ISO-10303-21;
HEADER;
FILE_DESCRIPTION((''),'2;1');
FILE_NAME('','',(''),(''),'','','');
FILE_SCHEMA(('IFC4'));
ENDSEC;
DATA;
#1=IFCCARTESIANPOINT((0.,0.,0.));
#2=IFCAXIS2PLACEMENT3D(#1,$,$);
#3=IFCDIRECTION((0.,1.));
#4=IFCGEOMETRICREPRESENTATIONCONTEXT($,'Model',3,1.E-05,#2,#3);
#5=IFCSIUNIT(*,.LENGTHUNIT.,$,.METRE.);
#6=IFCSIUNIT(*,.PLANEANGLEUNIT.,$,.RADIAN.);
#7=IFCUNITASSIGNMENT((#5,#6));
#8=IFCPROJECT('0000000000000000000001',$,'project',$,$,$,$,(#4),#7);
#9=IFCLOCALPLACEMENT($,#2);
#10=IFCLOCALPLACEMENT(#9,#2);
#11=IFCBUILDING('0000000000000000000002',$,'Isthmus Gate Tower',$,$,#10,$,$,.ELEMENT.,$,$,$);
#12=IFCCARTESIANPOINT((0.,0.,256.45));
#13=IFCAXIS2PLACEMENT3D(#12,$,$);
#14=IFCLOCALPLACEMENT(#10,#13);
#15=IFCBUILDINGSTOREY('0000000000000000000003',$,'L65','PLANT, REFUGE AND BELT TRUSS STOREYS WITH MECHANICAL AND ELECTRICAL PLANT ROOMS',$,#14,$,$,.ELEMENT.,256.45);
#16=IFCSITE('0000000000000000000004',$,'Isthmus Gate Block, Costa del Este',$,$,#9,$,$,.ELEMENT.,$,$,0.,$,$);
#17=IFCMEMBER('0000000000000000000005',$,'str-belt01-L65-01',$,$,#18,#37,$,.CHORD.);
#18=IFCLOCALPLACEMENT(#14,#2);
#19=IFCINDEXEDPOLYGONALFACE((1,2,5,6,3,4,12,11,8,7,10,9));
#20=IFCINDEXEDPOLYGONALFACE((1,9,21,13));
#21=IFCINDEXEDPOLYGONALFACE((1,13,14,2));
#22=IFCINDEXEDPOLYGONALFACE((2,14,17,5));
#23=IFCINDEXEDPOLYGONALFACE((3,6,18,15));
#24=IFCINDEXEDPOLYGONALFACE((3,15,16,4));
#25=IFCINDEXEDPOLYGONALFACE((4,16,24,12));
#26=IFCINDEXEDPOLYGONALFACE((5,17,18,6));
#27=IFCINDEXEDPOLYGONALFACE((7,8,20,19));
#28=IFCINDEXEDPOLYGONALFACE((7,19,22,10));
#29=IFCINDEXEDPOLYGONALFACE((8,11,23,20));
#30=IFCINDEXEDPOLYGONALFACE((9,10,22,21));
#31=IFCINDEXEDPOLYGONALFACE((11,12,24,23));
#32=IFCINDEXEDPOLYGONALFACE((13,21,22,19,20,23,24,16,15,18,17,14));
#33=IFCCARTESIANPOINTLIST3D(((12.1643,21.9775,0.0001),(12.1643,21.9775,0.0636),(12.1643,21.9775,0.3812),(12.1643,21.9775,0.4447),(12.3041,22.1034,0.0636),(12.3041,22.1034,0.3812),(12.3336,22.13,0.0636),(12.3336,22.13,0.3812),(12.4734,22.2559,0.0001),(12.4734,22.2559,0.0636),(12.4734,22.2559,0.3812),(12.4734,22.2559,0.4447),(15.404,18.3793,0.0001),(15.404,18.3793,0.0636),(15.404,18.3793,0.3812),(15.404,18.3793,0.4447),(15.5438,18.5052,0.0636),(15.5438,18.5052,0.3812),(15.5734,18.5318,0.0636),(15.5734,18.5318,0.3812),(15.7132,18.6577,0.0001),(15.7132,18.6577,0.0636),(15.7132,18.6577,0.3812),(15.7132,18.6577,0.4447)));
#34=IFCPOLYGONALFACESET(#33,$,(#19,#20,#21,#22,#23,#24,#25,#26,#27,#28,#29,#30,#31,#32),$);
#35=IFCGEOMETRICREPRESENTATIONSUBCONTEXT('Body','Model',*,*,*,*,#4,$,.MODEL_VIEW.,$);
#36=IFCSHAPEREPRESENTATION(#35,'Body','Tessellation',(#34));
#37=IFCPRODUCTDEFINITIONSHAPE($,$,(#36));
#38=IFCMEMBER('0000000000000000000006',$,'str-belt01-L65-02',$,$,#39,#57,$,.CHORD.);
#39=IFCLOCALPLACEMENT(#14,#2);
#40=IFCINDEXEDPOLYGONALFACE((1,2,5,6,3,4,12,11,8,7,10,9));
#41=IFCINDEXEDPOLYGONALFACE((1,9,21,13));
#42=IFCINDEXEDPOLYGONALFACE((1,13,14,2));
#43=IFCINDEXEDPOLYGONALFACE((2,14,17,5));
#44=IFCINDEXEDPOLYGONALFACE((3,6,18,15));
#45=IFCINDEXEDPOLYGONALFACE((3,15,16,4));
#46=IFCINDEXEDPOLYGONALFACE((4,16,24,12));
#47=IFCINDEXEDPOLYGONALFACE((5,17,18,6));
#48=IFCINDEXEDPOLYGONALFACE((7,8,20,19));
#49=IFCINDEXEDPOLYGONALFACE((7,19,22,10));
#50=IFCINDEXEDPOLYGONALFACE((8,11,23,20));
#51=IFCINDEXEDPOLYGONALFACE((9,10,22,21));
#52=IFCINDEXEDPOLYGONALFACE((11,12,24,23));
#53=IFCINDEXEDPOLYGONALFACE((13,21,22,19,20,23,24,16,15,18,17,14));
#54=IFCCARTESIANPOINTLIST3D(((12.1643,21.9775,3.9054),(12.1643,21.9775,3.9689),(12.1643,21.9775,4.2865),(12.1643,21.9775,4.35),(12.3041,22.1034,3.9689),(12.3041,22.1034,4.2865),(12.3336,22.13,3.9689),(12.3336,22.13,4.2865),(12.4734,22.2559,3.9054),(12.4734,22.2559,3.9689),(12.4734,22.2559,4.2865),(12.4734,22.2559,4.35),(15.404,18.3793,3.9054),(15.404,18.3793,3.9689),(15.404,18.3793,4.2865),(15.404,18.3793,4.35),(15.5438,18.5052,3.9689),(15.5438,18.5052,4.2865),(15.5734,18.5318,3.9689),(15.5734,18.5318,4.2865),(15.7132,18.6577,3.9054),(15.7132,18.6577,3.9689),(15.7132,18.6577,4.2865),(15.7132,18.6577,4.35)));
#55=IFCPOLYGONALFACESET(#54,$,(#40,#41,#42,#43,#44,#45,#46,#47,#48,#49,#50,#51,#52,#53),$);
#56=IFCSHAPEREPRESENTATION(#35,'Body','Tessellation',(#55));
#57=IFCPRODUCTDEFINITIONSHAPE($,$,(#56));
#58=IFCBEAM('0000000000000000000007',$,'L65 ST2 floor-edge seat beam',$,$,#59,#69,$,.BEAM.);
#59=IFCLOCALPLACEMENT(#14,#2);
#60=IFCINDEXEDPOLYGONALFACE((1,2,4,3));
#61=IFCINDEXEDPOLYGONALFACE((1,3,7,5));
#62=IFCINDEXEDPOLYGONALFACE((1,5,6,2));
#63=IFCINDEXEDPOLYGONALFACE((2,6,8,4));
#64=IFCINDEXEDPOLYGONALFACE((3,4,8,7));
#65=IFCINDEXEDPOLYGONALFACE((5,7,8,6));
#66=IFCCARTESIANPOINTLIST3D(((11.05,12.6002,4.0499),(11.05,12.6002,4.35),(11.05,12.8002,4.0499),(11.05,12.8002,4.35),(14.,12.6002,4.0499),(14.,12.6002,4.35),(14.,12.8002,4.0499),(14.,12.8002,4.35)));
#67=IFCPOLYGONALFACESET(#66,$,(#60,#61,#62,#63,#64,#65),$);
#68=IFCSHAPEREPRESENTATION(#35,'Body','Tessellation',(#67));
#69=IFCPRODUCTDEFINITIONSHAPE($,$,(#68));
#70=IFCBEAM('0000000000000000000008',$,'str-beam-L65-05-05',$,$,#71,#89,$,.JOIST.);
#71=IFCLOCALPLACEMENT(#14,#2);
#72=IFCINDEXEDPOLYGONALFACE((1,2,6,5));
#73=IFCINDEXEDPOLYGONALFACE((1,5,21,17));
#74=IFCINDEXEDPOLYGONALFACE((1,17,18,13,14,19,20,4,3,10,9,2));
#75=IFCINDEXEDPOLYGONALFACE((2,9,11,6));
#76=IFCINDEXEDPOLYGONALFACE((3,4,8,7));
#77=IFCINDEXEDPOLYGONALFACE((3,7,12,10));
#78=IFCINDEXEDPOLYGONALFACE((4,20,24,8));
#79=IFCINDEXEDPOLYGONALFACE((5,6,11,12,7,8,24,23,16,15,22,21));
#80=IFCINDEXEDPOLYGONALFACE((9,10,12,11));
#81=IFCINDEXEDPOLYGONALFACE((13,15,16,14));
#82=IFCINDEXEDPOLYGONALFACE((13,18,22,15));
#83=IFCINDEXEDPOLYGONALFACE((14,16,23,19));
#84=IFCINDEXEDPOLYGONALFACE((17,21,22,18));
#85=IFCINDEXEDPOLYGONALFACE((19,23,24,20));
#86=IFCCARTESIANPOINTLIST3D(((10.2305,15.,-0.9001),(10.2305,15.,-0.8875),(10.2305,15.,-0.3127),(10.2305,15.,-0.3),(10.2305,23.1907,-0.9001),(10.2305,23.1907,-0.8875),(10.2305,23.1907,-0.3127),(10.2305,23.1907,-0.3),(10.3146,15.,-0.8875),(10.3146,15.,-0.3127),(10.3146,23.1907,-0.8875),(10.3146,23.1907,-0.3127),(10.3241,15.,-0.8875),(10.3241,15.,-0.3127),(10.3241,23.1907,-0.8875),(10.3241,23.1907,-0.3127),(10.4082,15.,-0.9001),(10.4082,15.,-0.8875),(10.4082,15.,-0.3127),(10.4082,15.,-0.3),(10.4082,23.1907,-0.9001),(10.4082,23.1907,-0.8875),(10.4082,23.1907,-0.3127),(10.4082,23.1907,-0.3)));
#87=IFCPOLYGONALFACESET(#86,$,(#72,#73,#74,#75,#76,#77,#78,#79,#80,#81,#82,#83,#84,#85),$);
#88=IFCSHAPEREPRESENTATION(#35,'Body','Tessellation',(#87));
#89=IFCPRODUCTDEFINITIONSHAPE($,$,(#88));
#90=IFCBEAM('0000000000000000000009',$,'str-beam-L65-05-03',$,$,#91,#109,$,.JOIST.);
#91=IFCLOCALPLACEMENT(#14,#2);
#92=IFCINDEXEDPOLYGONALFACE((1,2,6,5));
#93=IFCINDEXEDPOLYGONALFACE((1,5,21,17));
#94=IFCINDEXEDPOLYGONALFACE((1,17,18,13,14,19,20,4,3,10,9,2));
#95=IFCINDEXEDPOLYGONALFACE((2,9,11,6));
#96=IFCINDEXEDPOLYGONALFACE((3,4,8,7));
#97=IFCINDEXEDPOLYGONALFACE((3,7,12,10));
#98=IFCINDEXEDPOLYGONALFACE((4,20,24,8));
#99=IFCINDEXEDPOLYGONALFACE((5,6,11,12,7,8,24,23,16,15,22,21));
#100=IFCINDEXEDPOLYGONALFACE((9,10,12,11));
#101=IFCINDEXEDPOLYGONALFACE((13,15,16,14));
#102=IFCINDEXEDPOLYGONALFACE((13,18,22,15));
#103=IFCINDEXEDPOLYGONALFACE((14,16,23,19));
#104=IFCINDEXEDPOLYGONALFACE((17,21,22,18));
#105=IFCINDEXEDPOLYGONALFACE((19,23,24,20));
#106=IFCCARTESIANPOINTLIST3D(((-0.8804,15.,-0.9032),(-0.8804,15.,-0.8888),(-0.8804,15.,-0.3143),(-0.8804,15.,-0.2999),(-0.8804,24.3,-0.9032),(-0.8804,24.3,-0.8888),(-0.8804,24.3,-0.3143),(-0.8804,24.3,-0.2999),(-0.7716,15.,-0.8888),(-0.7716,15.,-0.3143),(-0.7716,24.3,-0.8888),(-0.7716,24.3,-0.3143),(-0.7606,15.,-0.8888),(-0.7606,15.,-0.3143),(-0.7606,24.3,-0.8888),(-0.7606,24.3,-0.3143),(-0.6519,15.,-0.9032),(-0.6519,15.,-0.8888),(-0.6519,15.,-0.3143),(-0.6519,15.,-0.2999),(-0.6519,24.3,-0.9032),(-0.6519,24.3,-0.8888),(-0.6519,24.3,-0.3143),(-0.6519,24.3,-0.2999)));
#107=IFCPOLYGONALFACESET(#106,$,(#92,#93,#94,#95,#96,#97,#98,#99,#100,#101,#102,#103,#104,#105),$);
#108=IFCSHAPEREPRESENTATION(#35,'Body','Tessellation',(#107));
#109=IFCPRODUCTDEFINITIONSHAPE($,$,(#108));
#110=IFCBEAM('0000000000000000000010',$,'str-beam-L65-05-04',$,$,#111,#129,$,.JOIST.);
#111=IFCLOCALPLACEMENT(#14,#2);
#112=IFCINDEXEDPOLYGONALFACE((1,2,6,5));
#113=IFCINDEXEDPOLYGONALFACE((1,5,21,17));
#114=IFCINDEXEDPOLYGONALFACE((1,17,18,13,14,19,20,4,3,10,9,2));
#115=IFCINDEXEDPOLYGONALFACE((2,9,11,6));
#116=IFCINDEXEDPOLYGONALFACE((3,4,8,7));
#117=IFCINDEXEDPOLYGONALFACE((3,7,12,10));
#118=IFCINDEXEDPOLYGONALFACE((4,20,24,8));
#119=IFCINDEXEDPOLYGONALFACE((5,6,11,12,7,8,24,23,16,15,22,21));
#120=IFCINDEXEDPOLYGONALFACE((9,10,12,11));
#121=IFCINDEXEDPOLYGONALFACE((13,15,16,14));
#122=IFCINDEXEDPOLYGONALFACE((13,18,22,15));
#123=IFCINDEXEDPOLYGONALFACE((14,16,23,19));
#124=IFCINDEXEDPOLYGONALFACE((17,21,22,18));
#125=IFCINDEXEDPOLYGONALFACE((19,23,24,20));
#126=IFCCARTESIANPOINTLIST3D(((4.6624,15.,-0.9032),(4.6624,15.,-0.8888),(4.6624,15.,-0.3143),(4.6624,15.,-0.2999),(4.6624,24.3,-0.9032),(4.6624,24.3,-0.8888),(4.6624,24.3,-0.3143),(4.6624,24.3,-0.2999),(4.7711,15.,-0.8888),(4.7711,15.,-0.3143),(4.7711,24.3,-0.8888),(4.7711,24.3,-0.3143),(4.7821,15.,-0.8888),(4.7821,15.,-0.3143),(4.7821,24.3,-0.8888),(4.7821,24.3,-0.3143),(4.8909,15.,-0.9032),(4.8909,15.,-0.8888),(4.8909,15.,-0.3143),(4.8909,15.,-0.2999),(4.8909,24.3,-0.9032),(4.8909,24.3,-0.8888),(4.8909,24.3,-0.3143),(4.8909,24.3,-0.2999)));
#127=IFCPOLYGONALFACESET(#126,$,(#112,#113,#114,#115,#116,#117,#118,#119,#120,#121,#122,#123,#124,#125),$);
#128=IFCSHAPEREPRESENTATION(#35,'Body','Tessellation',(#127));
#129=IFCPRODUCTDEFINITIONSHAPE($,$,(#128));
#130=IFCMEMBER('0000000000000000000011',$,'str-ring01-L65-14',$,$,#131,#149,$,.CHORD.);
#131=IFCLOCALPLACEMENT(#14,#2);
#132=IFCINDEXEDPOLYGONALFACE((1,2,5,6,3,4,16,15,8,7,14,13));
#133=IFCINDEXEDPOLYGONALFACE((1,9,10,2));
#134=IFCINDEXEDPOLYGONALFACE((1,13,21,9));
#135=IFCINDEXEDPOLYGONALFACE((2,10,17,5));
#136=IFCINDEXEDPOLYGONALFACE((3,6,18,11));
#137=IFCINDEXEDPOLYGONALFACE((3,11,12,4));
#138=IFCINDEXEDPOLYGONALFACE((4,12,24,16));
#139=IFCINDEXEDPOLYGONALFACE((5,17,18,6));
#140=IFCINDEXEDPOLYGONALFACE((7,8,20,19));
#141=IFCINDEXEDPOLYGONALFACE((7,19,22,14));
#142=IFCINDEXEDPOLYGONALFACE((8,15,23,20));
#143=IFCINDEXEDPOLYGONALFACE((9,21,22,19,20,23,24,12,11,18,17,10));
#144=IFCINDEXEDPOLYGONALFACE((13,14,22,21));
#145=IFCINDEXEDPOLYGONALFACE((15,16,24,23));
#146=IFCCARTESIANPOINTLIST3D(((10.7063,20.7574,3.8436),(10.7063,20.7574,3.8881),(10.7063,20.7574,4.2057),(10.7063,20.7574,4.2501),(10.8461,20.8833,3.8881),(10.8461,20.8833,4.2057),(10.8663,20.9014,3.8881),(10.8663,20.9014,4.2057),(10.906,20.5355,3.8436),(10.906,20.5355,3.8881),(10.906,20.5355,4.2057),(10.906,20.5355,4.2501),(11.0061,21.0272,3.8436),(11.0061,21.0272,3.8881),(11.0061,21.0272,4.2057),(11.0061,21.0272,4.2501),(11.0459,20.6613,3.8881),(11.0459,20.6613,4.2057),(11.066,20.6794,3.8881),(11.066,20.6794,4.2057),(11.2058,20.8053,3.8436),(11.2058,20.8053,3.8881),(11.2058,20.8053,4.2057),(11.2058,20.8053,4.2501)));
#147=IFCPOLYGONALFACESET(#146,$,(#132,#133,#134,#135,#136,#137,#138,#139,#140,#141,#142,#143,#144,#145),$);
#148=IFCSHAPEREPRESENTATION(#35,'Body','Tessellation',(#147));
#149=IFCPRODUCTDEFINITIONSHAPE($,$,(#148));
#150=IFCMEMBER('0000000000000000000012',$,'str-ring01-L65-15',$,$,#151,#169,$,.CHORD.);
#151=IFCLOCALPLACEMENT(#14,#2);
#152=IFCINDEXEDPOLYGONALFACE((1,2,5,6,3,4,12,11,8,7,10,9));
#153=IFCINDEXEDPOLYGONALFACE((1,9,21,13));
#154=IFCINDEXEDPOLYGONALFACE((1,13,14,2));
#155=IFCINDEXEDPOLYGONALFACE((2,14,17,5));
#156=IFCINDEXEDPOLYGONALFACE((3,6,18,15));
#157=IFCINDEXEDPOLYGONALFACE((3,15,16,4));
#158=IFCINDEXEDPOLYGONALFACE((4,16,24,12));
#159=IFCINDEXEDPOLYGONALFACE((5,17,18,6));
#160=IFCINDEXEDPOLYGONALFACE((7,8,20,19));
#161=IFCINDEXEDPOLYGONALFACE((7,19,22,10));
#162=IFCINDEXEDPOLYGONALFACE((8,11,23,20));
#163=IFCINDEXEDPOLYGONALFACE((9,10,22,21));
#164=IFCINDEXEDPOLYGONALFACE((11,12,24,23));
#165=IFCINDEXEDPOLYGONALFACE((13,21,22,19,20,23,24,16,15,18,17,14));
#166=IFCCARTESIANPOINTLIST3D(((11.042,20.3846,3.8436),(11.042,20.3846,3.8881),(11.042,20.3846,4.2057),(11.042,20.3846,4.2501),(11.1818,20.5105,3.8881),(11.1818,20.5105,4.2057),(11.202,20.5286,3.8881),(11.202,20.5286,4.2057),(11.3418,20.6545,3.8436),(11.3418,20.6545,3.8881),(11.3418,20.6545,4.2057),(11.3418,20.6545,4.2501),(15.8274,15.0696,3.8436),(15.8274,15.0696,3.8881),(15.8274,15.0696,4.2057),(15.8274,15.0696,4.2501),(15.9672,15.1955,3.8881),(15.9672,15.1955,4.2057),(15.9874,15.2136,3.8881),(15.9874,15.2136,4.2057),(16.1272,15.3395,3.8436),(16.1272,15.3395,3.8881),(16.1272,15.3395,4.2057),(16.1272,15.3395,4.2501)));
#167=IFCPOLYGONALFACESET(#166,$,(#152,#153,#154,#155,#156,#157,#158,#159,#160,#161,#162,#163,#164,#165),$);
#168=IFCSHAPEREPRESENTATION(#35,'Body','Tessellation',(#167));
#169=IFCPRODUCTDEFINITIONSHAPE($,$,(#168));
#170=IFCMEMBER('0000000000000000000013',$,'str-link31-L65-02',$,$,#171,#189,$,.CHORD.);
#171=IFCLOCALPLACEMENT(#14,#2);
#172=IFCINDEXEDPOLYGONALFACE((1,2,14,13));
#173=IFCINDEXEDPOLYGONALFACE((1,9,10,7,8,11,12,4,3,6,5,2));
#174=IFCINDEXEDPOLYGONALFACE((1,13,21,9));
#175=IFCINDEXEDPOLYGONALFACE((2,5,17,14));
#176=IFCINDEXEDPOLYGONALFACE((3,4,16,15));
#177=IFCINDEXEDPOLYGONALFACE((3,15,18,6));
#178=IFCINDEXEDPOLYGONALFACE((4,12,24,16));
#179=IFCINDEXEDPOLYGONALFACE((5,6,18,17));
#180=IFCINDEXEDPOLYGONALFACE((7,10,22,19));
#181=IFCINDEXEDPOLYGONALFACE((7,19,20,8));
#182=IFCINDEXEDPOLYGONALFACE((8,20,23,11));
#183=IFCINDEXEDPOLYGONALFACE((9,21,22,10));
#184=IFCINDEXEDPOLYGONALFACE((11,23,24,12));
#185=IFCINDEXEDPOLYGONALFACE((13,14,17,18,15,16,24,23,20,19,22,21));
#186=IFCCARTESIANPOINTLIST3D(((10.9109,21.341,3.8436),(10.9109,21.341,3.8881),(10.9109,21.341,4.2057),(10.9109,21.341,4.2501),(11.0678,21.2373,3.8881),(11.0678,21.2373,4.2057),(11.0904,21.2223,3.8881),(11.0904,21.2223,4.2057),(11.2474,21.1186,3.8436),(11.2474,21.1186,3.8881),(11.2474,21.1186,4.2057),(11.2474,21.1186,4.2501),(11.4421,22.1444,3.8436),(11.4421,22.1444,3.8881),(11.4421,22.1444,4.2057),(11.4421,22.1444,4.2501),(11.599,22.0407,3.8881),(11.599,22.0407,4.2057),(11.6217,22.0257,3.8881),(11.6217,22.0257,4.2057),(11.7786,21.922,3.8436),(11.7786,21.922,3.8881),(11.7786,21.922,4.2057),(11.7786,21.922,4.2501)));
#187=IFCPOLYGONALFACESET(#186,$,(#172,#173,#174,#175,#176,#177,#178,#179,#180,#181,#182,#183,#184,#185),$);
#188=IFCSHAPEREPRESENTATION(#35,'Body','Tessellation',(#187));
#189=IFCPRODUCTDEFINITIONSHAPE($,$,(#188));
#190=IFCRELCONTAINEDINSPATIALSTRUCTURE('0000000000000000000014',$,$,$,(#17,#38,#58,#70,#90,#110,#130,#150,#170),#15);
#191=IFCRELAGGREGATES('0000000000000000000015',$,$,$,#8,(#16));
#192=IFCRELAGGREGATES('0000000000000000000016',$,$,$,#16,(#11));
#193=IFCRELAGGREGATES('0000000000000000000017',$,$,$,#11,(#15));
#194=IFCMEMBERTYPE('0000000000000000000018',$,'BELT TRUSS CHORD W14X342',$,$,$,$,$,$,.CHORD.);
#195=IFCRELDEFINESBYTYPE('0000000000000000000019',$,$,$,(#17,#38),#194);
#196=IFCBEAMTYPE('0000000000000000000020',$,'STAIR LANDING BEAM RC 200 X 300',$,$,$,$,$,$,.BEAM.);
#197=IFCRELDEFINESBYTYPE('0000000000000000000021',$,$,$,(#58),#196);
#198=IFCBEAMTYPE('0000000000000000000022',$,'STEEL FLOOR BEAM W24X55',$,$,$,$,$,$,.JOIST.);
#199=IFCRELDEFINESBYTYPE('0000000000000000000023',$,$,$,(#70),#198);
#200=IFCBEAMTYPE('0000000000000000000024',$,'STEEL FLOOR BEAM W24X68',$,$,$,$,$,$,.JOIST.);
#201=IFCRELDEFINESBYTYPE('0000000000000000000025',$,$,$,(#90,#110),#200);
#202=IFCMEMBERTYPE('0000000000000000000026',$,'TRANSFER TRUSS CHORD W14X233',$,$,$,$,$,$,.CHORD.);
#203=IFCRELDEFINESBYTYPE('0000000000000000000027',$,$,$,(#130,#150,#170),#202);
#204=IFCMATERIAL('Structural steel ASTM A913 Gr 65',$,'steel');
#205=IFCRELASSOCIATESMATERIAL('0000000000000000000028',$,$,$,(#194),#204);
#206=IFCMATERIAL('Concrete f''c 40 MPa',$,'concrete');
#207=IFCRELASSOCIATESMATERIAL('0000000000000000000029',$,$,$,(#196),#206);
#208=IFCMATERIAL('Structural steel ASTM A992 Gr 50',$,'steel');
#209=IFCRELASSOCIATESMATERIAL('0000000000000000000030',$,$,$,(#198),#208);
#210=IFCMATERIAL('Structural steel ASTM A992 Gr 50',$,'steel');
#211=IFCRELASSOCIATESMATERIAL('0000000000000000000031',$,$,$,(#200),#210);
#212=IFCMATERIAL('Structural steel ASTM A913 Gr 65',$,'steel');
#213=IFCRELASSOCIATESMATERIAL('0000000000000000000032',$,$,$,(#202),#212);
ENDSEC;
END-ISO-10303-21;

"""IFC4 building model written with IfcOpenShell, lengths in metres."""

from ifc_helpers import new_model, si_unit, direction, frame, origin, origin_2d, place, context, subcontext, project, spatial, rectangle, i_section, extrude, material, material_profile, profile_set, type_object, element, save


model = new_model("IFC4")

# Units and contexts
model_context = context("Model", 3, precision=1e-05, world=origin(), true_north=direction((0.0, 1.0)))
body_context = subcontext(model_context, "Body", "Model", "MODEL_VIEW")
ifc_project = project(units=[si_unit("LENGTHUNIT", "METRE"), si_unit("PLANEANGLEUNIT", "RADIAN")], contexts=[model_context])

# Site, building, storey
site_placement = place(None, origin())
site = spatial("IfcSite", under=ifc_project, at=site_placement, Name="Isthmus Gate Block, Costa del Este", CompositionType="ELEMENT", RefElevation=0.0)
building_placement = place(site_placement, origin())
building = spatial("IfcBuilding", under=site, at=building_placement, Name="Isthmus Gate Tower", CompositionType="ELEMENT")
storey_placement = place(building_placement, frame((0.0, 0.0, 256.45)))
storey = spatial("IfcBuildingStorey", under=building, at=storey_placement, Name="L65", Description="PLANT, REFUGE AND BELT TRUSS STOREYS WITH MECHANICAL AND ELECTRICAL PLANT ROOMS", CompositionType="ELEMENT", Elevation=256.45)

# Members
ifc_material_1 = material(Name="Structural steel ASTM A913 Gr 65", Category="steel")
ifc_material_profile_1 = material_profile(ifc_material_1, i_section(OverallWidth=0.416, OverallDepth=0.4446, WebThickness=0.0398, FlangeThickness=0.0635, at=origin_2d()), Name="W14X342")
ifc_profile_set_1 = profile_set([ifc_material_profile_1], Name="Structural steel ASTM A913 Gr 65")
member_type_1 = type_object("IfcMemberType", Name="BELT TRUSS CHORD W14X342", PredefinedType="CHORD", material=ifc_profile_set_1)
for number, where, z_axis, x_axis, name in (
    (1, (12.3188, 22.1167, 0.2224), (0.669126, -0.743149, 0.0), (0.743149, 0.669126, 0.0), "str-belt01-L65-01"),
    (2, (12.3188, 22.1167, 4.1277), (0.669126, -0.743149, 0.0), (0.743149, 0.669126, 0.0), "str-belt01-L65-02"),
):
    element("IfcMember", number, at=place(storey_placement, frame(where, z_axis=z_axis, x_axis=x_axis)), inside=storey, type_object=member_type_1, Name=name, PredefinedType="CHORD", context=body_context, shape_type="SweptSolid", body=[
        extrude(i_section(OverallWidth=0.416, OverallDepth=0.4446, WebThickness=0.0398, FlangeThickness=0.0635, at=origin_2d()), origin(), (0.0, 0.0, 1.0), 4.8418),
    ])

# Beams
ifc_material_2 = material(Name="Concrete f'c 40 MPa", Category="concrete")
ifc_material_profile_2 = material_profile(ifc_material_2, rectangle(XDim=0.2, YDim=0.3, at=origin_2d()), Name="STAIR LANDING BEAM RC 200 X 300")
ifc_profile_set_2 = profile_set([ifc_material_profile_2], Name="Concrete f'c 40 MPa")
beam_type_1 = type_object("IfcBeamType", Name="STAIR LANDING BEAM RC 200 X 300", PredefinedType="BEAM", material=ifc_profile_set_2)
beam_1_placement = place(storey_placement, frame((11.05, 12.7002, 4.2), z_axis=(1.0, 0.0, 0.0), x_axis=(0.0, 1.0, 0.0)))
element("IfcBeam", 3, at=beam_1_placement, inside=storey, type_object=beam_type_1, Name="L65 ST2 floor-edge seat beam", PredefinedType="BEAM", context=body_context, shape_type="SweptSolid", body=[
    extrude(rectangle(XDim=0.2, YDim=0.3, at=origin_2d()), origin(), (0.0, 0.0, 1.0), 2.95),
])
ifc_material_3 = material(Name="Structural steel ASTM A992 Gr 50", Category="steel")
ifc_material_profile_3 = material_profile(ifc_material_3, i_section(OverallWidth=0.1777, OverallDepth=0.6001, WebThickness=0.0095, FlangeThickness=0.0127, at=origin_2d()), Name="W24X55")
ifc_profile_set_3 = profile_set([ifc_material_profile_3], Name="Structural steel ASTM A992 Gr 50")
beam_type_2 = type_object("IfcBeamType", Name="STEEL FLOOR BEAM W24X55", PredefinedType="JOIST", material=ifc_profile_set_3)
beam_2_placement = place(storey_placement, frame((10.3193, 15.0, -0.6001), z_axis=(0.0, 1.0, 0.0), x_axis=(-1.0, 0.0, 0.0)))
element("IfcBeam", 4, at=beam_2_placement, inside=storey, type_object=beam_type_2, Name="str-beam-L65-05-05", PredefinedType="JOIST", context=body_context, shape_type="SweptSolid", body=[
    extrude(i_section(OverallWidth=0.1777, OverallDepth=0.6001, WebThickness=0.0095, FlangeThickness=0.0127, at=origin_2d()), origin(), (0.0, 0.0, 1.0), 8.1907),
])
ifc_material_4 = material(Name="Structural steel ASTM A992 Gr 50", Category="steel")
ifc_material_profile_4 = material_profile(ifc_material_4, i_section(OverallWidth=0.2285, OverallDepth=0.6033, WebThickness=0.011, FlangeThickness=0.0144, at=origin_2d()), Name="W24X68")
ifc_profile_set_4 = profile_set([ifc_material_profile_4], Name="Structural steel ASTM A992 Gr 50")
beam_type_3 = type_object("IfcBeamType", Name="STEEL FLOOR BEAM W24X68", PredefinedType="JOIST", material=ifc_profile_set_4)
for number, where, z_axis, x_axis, name in (
    (5, (-0.7661, 15.0, -0.6016), (0.0, 1.0, 0.0), (-1.0, 0.0, 0.0), "str-beam-L65-05-03"),
    (6, (4.7766, 15.0, -0.6016), (0.0, 1.0, 0.0), (-1.0, 0.0, 0.0), "str-beam-L65-05-04"),
):
    element("IfcBeam", number, at=place(storey_placement, frame(where, z_axis=z_axis, x_axis=x_axis)), inside=storey, type_object=beam_type_3, Name=name, PredefinedType="JOIST", context=body_context, shape_type="SweptSolid", body=[
        extrude(i_section(OverallWidth=0.2285, OverallDepth=0.6033, WebThickness=0.011, FlangeThickness=0.0144, at=origin_2d()), origin(), (0.0, 0.0, 1.0), 9.3),
    ])

# Members
ifc_material_5 = material(Name="Structural steel ASTM A913 Gr 65", Category="steel")
ifc_material_profile_5 = material_profile(ifc_material_5, i_section(OverallWidth=0.4033, OverallDepth=0.4065, WebThickness=0.0271, FlangeThickness=0.0444, at=origin_2d()), Name="W14X233")
ifc_profile_set_5 = profile_set([ifc_material_profile_5], Name="Structural steel ASTM A913 Gr 65")
member_type_2 = type_object("IfcMemberType", Name="TRANSFER TRUSS CHORD W14X233", PredefinedType="CHORD", material=ifc_profile_set_5)
member_1_placement = place(storey_placement, frame((10.8562, 20.8923, 4.0469), z_axis=(0.66892, -0.743335, 0.0), x_axis=(0.743335, 0.66892, 0.0)))
element("IfcMember", 7, at=member_1_placement, inside=storey, type_object=member_type_2, Name="str-ring01-L65-14", PredefinedType="CHORD", context=body_context, shape_type="SweptSolid", body=[
    extrude(i_section(OverallWidth=0.4033, OverallDepth=0.4065, WebThickness=0.0271, FlangeThickness=0.0444, at=origin_2d()), origin(), (0.0, 0.0, 1.0), 0.2986),
])
member_2_placement = place(storey_placement, frame((11.1919, 20.5195, 4.0469), z_axis=(0.669116, -0.743158, 0.0), x_axis=(0.743158, 0.669116, 0.0)))
element("IfcMember", 8, at=member_2_placement, inside=storey, type_object=member_type_2, Name="str-ring01-L65-15", PredefinedType="CHORD", context=body_context, shape_type="SweptSolid", body=[
    extrude(i_section(OverallWidth=0.4033, OverallDepth=0.4065, WebThickness=0.0271, FlangeThickness=0.0444, at=origin_2d()), origin(), (0.0, 0.0, 1.0), 7.1519),
])
member_3_placement = place(storey_placement, frame((11.6104, 22.0332, 4.0469), z_axis=(-0.551538, -0.83415, 0.0), x_axis=(0.83415, -0.551538, 0.0)))
element("IfcMember", 9, at=member_3_placement, inside=storey, type_object=member_type_2, Name="str-link31-L65-02", PredefinedType="CHORD", context=body_context, shape_type="SweptSolid", body=[
    extrude(i_section(OverallWidth=0.4033, OverallDepth=0.4065, WebThickness=0.0271, FlangeThickness=0.0444, at=origin_2d()), origin(), (0.0, 0.0, 1.0), 0.9631),
])

save(model, "model.ifc")
